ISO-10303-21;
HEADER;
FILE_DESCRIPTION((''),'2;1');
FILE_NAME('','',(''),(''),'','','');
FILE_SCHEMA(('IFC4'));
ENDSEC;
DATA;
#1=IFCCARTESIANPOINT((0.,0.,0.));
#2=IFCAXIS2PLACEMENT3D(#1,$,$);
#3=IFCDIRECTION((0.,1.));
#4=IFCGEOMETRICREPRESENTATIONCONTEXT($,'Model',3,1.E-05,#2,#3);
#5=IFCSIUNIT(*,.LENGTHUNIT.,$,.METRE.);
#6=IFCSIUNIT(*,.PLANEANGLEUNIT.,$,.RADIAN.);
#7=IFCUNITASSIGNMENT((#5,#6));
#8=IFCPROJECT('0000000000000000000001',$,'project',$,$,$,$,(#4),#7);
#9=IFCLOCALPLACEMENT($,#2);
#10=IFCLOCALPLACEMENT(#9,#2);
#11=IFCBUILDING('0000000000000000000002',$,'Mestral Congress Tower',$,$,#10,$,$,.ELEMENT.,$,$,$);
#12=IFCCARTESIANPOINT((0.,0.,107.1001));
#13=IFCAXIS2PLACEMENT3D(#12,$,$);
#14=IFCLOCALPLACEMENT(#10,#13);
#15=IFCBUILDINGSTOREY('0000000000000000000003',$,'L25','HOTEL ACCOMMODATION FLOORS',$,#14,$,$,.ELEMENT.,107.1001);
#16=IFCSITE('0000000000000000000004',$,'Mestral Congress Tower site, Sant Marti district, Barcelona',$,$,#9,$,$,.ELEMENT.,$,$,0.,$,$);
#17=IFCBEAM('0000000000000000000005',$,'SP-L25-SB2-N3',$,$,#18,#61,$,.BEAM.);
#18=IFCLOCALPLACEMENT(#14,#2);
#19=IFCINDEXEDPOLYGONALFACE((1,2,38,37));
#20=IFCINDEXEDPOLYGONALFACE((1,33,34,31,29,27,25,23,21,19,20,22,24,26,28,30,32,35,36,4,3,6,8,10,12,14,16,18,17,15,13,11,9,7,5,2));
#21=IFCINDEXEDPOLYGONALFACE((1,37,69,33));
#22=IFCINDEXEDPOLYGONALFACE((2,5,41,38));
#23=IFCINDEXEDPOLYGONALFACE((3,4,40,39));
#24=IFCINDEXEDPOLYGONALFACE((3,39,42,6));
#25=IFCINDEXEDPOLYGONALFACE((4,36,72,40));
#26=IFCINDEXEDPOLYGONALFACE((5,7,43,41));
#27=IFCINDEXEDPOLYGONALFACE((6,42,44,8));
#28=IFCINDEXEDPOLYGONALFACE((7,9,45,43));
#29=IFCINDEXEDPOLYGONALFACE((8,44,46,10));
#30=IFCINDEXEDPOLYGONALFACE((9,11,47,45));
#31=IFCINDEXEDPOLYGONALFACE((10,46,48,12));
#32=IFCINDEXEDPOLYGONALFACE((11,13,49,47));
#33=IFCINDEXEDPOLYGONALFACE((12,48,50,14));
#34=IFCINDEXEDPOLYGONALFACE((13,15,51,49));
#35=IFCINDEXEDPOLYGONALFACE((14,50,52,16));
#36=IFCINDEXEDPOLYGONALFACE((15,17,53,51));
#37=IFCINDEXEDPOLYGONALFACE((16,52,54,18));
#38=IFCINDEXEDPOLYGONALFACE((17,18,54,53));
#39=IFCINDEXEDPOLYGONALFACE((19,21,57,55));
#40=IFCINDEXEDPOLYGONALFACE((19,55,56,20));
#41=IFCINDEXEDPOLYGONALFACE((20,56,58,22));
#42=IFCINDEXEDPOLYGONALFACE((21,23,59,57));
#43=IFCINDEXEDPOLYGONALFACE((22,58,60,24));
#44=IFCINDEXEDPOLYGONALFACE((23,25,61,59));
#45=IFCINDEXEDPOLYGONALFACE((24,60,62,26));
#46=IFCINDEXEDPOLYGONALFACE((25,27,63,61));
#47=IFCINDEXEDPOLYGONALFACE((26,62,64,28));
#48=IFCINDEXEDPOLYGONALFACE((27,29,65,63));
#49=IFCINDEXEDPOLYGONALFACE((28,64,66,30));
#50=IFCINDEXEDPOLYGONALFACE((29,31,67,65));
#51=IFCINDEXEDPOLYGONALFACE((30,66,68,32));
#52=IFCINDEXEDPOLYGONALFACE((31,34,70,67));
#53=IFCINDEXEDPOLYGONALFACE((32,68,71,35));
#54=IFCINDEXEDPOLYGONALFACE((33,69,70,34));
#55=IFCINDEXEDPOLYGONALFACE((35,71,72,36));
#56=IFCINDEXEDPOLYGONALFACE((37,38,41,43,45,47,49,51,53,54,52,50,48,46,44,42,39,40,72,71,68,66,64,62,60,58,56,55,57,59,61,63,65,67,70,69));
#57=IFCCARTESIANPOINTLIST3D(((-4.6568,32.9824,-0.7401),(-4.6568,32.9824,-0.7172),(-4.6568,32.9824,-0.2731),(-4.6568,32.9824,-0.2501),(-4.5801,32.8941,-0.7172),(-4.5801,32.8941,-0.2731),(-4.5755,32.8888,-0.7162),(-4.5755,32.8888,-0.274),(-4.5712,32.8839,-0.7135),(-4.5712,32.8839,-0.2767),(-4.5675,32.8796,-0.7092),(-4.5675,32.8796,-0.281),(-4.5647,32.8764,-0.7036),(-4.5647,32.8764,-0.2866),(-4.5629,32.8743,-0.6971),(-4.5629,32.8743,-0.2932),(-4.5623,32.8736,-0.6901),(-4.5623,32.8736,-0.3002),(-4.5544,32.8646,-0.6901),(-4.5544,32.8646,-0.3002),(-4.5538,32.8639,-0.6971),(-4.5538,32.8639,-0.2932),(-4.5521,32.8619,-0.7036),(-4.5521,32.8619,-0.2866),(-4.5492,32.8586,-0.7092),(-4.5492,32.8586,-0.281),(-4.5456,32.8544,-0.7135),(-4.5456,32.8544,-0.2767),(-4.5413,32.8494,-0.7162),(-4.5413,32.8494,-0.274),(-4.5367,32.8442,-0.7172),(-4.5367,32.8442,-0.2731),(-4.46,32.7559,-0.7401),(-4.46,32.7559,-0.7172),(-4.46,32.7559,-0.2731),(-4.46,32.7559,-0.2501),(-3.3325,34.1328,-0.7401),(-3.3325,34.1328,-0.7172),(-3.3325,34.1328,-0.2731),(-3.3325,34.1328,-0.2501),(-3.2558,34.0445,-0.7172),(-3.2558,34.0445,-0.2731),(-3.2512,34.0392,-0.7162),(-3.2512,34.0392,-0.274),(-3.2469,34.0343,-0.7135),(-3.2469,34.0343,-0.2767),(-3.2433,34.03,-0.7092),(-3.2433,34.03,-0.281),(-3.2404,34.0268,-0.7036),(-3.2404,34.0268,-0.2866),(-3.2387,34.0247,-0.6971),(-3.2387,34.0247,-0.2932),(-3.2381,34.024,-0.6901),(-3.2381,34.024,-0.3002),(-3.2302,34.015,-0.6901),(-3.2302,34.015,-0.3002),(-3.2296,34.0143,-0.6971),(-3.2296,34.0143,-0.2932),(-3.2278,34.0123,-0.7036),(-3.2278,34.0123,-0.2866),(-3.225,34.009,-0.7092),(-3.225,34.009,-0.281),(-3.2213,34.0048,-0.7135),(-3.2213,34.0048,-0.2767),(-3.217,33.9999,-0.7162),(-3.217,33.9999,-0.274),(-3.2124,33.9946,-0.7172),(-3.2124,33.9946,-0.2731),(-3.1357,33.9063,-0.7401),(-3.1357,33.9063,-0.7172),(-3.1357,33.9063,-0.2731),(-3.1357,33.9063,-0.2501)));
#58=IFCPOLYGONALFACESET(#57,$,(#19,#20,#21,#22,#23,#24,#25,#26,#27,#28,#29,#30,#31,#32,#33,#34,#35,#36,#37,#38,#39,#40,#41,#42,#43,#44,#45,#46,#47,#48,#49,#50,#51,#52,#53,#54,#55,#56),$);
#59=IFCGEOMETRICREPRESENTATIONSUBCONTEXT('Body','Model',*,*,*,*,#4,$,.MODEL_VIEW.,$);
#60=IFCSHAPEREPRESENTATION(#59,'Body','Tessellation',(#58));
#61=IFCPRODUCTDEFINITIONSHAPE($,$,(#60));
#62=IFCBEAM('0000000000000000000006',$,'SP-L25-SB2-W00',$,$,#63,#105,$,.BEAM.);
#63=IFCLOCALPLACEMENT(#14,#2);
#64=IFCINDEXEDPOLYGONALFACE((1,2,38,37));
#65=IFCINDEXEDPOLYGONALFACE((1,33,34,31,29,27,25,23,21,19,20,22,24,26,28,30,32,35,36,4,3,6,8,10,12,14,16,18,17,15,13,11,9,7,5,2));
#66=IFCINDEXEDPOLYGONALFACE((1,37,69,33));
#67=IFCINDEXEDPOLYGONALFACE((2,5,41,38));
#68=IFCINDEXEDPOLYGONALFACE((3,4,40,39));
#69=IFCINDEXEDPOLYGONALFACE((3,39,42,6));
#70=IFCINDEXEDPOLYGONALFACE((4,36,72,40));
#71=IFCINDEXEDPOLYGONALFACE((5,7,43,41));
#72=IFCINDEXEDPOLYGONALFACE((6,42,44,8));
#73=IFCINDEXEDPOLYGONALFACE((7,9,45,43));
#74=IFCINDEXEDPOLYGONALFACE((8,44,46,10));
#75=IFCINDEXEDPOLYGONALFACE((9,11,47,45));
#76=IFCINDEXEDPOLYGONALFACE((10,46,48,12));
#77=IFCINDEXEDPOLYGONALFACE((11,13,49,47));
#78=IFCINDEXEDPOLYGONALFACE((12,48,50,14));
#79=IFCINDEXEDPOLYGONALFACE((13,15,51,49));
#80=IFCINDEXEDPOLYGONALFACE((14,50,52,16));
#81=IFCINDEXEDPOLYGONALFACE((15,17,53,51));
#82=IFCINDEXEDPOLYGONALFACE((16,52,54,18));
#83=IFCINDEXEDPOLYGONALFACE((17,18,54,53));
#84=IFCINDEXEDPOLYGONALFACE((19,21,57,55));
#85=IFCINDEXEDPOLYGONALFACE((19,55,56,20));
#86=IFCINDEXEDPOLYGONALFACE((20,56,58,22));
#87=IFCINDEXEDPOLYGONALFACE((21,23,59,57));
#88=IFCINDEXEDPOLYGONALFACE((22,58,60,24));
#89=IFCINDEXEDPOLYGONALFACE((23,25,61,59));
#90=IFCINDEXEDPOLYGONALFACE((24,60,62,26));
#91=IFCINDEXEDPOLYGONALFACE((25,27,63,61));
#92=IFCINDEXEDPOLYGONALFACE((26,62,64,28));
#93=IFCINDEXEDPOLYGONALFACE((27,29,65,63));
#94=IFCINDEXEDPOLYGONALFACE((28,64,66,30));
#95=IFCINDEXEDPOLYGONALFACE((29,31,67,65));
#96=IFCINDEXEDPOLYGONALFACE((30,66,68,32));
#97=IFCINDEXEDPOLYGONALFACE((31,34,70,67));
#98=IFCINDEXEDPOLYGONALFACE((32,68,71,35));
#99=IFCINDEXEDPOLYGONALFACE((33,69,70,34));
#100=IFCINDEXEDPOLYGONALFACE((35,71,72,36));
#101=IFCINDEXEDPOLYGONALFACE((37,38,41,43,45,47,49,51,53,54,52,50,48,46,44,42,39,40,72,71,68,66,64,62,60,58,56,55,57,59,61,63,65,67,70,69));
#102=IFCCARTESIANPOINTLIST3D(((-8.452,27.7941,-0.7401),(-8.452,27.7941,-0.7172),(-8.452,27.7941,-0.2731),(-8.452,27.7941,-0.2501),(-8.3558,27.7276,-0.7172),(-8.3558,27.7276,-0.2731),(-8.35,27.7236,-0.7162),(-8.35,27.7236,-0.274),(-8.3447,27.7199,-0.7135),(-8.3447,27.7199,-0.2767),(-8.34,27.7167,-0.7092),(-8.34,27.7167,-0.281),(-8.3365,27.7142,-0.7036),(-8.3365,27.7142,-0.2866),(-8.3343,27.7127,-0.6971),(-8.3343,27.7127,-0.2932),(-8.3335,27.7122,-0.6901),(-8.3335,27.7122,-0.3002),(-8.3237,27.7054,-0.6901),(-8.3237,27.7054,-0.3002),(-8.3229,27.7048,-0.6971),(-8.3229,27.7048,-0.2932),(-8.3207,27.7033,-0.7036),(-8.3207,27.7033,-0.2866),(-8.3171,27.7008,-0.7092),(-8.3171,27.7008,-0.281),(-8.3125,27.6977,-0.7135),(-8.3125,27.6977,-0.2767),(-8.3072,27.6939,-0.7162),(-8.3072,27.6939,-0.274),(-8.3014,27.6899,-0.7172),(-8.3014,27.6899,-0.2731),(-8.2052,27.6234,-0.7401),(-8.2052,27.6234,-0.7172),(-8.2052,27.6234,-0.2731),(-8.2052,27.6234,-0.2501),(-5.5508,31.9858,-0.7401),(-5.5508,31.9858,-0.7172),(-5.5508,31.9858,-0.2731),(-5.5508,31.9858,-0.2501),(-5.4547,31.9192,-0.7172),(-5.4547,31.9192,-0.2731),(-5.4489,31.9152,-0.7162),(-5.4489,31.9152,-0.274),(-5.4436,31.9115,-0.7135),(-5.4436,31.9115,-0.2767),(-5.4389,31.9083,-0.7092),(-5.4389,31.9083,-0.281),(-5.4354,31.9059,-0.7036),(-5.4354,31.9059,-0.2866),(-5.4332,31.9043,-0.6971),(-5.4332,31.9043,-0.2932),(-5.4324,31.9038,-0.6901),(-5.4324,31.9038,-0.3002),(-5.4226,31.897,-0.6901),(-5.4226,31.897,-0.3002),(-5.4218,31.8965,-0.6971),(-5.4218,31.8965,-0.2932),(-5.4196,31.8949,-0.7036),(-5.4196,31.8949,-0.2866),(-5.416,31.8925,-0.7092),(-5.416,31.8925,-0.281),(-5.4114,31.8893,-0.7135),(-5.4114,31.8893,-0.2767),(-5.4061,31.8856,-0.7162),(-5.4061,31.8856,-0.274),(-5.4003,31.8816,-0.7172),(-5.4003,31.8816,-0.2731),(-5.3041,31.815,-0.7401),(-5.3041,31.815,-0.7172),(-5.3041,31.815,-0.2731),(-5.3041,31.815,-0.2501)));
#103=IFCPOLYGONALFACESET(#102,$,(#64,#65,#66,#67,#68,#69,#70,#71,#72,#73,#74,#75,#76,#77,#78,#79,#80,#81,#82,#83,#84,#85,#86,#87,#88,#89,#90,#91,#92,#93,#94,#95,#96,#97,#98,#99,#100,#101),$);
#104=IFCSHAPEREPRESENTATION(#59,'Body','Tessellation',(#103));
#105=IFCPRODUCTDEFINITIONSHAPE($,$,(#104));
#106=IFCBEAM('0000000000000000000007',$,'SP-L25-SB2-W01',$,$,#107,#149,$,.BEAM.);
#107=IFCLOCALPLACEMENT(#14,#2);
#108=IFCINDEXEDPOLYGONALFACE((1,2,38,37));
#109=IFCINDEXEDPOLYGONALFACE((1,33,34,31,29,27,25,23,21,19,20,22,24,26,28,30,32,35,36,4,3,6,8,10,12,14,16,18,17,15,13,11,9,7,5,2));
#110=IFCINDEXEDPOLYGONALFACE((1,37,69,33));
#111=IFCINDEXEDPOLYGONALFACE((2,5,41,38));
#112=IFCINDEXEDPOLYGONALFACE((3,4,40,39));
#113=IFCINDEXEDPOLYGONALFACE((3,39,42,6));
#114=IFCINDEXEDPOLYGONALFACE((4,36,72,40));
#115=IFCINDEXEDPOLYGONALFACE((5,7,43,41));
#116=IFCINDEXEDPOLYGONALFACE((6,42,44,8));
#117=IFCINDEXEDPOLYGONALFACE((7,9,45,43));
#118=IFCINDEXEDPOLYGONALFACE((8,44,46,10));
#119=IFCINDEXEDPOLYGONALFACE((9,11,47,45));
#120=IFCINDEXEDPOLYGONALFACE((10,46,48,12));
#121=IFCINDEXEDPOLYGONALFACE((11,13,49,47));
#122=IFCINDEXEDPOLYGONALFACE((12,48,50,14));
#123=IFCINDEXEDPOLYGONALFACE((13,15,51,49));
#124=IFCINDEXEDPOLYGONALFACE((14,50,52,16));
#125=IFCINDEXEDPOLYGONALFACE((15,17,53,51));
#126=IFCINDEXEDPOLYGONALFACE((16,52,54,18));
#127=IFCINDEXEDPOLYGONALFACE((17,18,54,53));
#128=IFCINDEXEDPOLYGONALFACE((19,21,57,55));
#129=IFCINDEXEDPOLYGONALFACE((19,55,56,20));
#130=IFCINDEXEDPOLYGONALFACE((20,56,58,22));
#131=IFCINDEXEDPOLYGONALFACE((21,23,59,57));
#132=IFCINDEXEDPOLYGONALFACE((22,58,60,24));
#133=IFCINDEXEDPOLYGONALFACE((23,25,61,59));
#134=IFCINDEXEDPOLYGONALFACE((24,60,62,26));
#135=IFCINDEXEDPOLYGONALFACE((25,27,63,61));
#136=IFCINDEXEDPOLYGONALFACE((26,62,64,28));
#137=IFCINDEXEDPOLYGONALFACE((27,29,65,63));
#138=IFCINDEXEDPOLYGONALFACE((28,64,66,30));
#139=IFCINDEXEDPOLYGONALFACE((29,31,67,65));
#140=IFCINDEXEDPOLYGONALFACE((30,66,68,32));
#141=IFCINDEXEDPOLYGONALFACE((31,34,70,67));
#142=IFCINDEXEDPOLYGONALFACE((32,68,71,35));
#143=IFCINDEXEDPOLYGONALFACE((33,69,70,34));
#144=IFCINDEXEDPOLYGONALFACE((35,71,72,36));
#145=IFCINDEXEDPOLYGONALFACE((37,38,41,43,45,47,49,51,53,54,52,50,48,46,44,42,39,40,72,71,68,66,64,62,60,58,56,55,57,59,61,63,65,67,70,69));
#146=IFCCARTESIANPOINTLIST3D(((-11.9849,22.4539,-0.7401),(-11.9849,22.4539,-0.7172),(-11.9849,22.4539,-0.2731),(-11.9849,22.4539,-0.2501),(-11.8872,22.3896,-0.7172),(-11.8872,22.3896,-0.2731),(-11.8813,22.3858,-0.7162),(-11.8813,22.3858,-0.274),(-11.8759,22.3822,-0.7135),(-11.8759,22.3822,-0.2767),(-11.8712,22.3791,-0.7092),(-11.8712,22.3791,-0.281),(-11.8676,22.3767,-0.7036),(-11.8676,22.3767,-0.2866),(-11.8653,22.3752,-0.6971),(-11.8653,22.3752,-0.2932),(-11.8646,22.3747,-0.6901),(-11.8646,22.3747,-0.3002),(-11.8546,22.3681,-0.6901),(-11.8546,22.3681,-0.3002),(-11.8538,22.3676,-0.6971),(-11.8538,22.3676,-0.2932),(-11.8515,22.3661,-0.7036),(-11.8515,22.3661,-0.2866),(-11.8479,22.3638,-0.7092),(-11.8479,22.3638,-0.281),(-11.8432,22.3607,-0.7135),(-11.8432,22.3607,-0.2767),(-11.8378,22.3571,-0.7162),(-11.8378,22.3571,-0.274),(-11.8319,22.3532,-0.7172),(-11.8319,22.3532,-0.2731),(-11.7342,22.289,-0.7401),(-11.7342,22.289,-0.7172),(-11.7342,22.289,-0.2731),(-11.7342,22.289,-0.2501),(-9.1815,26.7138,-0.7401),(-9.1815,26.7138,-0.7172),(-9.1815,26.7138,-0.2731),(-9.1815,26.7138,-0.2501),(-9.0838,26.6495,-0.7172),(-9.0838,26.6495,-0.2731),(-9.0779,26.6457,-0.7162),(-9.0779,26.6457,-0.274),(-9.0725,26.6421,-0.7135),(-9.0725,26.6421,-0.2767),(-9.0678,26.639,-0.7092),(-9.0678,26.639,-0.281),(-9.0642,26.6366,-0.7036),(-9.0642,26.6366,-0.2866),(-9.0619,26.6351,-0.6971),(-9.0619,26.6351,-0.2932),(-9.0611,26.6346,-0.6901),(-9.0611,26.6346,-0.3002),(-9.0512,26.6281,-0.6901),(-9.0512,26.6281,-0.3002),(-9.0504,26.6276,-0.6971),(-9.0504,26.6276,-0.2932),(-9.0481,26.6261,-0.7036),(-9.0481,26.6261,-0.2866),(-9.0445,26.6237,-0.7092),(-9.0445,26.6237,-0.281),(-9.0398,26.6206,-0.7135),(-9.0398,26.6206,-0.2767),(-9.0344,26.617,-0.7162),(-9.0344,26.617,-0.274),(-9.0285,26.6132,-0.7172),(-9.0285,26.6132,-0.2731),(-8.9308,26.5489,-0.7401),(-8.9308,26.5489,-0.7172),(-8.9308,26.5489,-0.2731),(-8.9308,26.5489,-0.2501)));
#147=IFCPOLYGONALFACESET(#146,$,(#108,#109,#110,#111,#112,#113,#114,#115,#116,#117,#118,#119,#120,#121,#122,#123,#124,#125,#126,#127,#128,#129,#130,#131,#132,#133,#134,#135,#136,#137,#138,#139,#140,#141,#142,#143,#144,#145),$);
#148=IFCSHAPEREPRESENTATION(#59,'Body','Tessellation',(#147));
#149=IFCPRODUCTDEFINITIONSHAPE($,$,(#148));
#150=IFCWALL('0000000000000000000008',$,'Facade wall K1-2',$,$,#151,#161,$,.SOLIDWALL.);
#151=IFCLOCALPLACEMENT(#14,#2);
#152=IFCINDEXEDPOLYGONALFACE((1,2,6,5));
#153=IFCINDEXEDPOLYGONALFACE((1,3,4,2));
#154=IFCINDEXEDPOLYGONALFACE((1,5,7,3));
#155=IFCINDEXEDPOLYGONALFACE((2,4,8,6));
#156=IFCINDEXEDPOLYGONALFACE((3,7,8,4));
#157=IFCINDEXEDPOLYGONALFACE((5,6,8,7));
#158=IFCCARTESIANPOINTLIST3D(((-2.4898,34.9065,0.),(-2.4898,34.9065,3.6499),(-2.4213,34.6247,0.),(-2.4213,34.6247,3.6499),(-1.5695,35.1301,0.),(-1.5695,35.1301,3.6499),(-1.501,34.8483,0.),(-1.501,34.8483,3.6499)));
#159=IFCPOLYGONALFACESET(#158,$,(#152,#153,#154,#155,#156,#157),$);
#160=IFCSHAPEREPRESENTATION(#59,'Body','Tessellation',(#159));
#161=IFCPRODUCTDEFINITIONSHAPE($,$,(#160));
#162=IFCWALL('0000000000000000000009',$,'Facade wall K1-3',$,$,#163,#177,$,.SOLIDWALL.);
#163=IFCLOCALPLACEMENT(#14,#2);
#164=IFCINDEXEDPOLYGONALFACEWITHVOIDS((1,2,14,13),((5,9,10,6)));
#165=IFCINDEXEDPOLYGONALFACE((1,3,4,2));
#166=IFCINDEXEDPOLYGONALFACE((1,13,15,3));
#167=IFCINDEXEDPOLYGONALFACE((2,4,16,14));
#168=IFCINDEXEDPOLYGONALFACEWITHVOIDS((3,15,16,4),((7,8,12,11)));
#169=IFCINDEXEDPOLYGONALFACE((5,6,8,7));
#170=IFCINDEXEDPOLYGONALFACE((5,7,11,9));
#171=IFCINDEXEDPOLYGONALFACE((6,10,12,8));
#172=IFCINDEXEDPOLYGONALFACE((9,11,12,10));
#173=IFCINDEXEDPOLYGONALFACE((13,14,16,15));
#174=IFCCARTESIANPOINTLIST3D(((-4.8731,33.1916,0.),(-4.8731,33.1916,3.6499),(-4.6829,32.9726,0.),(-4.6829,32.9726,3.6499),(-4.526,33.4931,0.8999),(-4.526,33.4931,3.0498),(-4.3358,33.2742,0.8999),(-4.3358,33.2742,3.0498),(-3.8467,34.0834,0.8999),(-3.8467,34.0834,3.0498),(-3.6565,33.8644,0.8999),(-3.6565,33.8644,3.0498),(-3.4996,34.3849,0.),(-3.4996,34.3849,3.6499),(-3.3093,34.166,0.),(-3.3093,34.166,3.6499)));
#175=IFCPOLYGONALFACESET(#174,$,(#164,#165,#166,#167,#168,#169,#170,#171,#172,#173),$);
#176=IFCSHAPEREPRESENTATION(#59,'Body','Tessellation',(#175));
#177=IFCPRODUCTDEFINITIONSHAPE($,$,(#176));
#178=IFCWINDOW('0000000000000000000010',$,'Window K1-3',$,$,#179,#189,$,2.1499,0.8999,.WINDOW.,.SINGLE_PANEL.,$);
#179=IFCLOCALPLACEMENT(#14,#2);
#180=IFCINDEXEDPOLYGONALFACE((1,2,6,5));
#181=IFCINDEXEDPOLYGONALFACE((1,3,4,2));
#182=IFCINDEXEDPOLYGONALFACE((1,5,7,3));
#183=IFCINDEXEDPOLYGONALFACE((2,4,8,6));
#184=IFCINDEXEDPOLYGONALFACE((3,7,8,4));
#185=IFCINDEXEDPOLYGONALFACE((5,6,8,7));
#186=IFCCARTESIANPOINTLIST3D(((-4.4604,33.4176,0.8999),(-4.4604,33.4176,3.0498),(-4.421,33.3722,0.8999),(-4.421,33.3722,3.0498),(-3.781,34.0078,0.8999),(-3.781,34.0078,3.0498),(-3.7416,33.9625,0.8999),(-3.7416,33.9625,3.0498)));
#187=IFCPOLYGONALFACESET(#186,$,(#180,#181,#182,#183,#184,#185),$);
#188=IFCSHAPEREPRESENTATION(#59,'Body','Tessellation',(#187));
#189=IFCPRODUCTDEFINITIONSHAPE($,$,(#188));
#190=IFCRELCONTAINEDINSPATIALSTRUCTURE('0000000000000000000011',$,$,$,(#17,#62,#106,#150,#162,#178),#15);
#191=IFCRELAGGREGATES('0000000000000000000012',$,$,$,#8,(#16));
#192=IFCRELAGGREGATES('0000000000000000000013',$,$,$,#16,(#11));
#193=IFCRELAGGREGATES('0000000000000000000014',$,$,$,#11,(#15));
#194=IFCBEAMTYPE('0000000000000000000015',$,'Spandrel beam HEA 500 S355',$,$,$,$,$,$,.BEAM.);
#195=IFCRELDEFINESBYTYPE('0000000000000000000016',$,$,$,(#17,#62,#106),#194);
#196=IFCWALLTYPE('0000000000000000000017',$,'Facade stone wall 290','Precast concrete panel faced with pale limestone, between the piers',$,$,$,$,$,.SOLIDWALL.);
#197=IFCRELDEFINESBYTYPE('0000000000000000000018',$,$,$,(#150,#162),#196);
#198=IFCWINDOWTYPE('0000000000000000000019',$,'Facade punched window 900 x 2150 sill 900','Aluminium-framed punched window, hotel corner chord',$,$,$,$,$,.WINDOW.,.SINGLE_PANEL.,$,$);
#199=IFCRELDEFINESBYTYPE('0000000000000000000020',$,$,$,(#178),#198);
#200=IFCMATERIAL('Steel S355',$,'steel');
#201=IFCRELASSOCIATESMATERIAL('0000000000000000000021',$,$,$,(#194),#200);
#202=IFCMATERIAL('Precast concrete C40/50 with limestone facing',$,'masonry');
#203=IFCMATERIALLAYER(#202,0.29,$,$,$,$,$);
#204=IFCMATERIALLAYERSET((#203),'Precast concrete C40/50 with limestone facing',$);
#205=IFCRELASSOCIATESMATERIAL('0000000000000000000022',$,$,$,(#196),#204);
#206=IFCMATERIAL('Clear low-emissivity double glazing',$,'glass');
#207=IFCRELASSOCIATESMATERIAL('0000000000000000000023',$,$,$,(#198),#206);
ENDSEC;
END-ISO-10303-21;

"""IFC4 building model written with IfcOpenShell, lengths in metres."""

from ifc_helpers import new_model, si_unit, direction, frame, frame_2d, origin, origin_2d, place, context, subcontext, project, spatial, rectangle, i_section, extrude, material, layer, layer_set, material_profile, profile_set, type_object, element, fill, save


model = new_model("IFC4")

# Units and contexts
model_context = context("Model", 3, precision=1e-05, world=origin(), true_north=direction((0.0, 1.0)))
body_context = subcontext(model_context, "Body", "Model", "MODEL_VIEW")
ifc_project = project(units=[si_unit("LENGTHUNIT", "METRE"), si_unit("PLANEANGLEUNIT", "RADIAN")], contexts=[model_context])

# Site, building, storey
site_placement = place(None, origin())
site = spatial("IfcSite", under=ifc_project, at=site_placement, Name="Mestral Congress Tower site, Sant Marti district, Barcelona", CompositionType="ELEMENT", RefElevation=0.0)
building_placement = place(site_placement, origin())
building = spatial("IfcBuilding", under=site, at=building_placement, Name="Mestral Congress Tower", CompositionType="ELEMENT")
storey_placement = place(building_placement, frame((0.0, 0.0, 107.1001)))
storey = spatial("IfcBuildingStorey", under=building, at=storey_placement, Name="L25", Description="HOTEL ACCOMMODATION FLOORS", CompositionType="ELEMENT", Elevation=107.1001)

# Beams
ifc_material_1 = material(Name="Steel S355", Category="steel")
ifc_material_profile_1 = material_profile(ifc_material_1, i_section(OverallWidth=0.3, OverallDepth=0.49, WebThickness=0.012, FlangeThickness=0.0229, FilletRadius=0.0271, at=origin_2d()), Name="HEA 500")
ifc_profile_set_1 = profile_set([ifc_material_profile_1], Name="Steel S355")
beam_type_1 = type_object("IfcBeamType", Name="Spandrel beam HEA 500 S355", PredefinedType="BEAM", material=ifc_profile_set_1)
beam_1_placement = place(storey_placement, frame((-3.2341, 34.0195, -0.4951), z_axis=(-0.754917, -0.65582, 0.0), x_axis=(0.65582, -0.754917, 0.0)))
element("IfcBeam", 1, at=beam_1_placement, inside=storey, type_object=beam_type_1, Name="SP-L25-SB2-N3", PredefinedType="BEAM", context=body_context, shape_type="SweptSolid", body=[
    extrude(i_section(OverallWidth=0.3, OverallDepth=0.49, WebThickness=0.012, FlangeThickness=0.0229, FilletRadius=0.0271, at=origin_2d()), origin(), (0.0, 0.0, 1.0), 1.7542),
])
beam_2_placement = place(storey_placement, frame((-5.4275, 31.9004, -0.4951), z_axis=(-0.569105, -0.822265, 0.0), x_axis=(0.822265, -0.569105, 0.0)))
element("IfcBeam", 2, at=beam_2_placement, inside=storey, type_object=beam_type_1, Name="SP-L25-SB2-W00", PredefinedType="BEAM", context=body_context, shape_type="SweptSolid", body=[
    extrude(i_section(OverallWidth=0.3, OverallDepth=0.49, WebThickness=0.012, FlangeThickness=0.0229, FilletRadius=0.0271, at=origin_2d()), origin(), (0.0, 0.0, 1.0), 5.0977),
])
beam_3_placement = place(storey_placement, frame((-9.0562, 26.6313, -0.4951), z_axis=(-0.54973, -0.835342, 0.0), x_axis=(0.835342, -0.54973, 0.0)))
element("IfcBeam", 3, at=beam_3_placement, inside=storey, type_object=beam_type_1, Name="SP-L25-SB2-W01", PredefinedType="BEAM", context=body_context, shape_type="SweptSolid", body=[
    extrude(i_section(OverallWidth=0.3, OverallDepth=0.49, WebThickness=0.012, FlangeThickness=0.0229, FilletRadius=0.0271, at=origin_2d()), origin(), (0.0, 0.0, 1.0), 5.0996),
])

# Wall
ifc_material_2 = material(Name="Precast concrete C40/50 with limestone facing", Category="masonry")
ifc_layer_1 = layer(ifc_material_2, 0.29)
ifc_layer_set_1 = layer_set([ifc_layer_1], Name="Precast concrete C40/50 with limestone facing")
wall_type_1 = type_object("IfcWallType", Name="Facade stone wall 290", Description="Precast concrete panel faced with pale limestone, between the piers", PredefinedType="SOLIDWALL", material=ifc_layer_set_1)
wall_1_placement = place(storey_placement, frame((-1.5352, 34.9893, 0.0), z_axis=(0.0, 0.0, 1.0), x_axis=(-0.971714, -0.236161, 0.0)))
element("IfcWall", 4, at=wall_1_placement, inside=storey, type_object=wall_type_1, Name="Facade wall K1-2", PredefinedType="SOLIDWALL", context=body_context, shape_type="SweptSolid", body=[
    extrude(rectangle(XDim=0.947, YDim=0.29, at=frame_2d((0.4736, 0.0))), origin(), (0.0, 0.0, 1.0), 3.6499),
])

# Wall, opening, window
wall_2_placement = place(storey_placement, frame((-3.4045, 34.2754, 0.0), z_axis=(0.0, 0.0, 1.0), x_axis=(-0.754883, -0.65586, 0.0)))
wall_2 = element("IfcWall", 5, at=wall_2_placement, inside=storey, type_object=wall_type_1, Name="Facade wall K1-3", PredefinedType="SOLIDWALL", context=body_context, shape_type="SweptSolid", body=[
    extrude(rectangle(XDim=1.8196, YDim=0.29, at=frame_2d((0.9097, 0.0))), origin(), (0.0, 0.0, 1.0), 3.6499),
])
opening_1_placement = place(wall_2_placement, frame((0.4597, 0.0, 0.8999)))
opening_1 = element("IfcOpeningElement", 6, at=opening_1_placement, cuts=wall_2, PredefinedType="OPENING", context=body_context, shape_type="SweptSolid", body=[
    extrude(rectangle(XDim=0.8999, YDim=2.1499, at=frame_2d((0.45, 1.075))), frame((0.0, 0.155, 0.0), z_axis=(0.0, -1.0, 0.0), x_axis=(1.0, 0.0, 0.0)), (0.0, 0.0, 1.0), 0.3101),
])
ifc_material_3 = material(Name="Clear low-emissivity double glazing", Category="glass")
window_type_1 = type_object("IfcWindowType", Name="Facade punched window 900 x 2150 sill 900", Description="Aluminium-framed punched window, hotel corner chord", PartitioningType="SINGLE_PANEL", PredefinedType="WINDOW", material=ifc_material_3)
window_1_placement = place(opening_1_placement, origin())
window_1 = element("IfcWindow", 7, at=window_1_placement, inside=storey, type_object=window_type_1, Name="Window K1-3", OverallHeight=2.1499, OverallWidth=0.8999, PartitioningType="SINGLE_PANEL", PredefinedType="WINDOW", context=body_context, shape_type="SweptSolid", body=[
    extrude(rectangle(XDim=0.8999, YDim=2.1499, at=frame_2d((0.45, 1.075))), frame((0.0, 0.0151, 0.0), z_axis=(0.0, -1.0, 0.0), x_axis=(1.0, 0.0, 0.0)), (0.0, 0.0, 1.0), 0.0601),
])
fill(opening_1, window_1)

save(model, "model.ifc")
